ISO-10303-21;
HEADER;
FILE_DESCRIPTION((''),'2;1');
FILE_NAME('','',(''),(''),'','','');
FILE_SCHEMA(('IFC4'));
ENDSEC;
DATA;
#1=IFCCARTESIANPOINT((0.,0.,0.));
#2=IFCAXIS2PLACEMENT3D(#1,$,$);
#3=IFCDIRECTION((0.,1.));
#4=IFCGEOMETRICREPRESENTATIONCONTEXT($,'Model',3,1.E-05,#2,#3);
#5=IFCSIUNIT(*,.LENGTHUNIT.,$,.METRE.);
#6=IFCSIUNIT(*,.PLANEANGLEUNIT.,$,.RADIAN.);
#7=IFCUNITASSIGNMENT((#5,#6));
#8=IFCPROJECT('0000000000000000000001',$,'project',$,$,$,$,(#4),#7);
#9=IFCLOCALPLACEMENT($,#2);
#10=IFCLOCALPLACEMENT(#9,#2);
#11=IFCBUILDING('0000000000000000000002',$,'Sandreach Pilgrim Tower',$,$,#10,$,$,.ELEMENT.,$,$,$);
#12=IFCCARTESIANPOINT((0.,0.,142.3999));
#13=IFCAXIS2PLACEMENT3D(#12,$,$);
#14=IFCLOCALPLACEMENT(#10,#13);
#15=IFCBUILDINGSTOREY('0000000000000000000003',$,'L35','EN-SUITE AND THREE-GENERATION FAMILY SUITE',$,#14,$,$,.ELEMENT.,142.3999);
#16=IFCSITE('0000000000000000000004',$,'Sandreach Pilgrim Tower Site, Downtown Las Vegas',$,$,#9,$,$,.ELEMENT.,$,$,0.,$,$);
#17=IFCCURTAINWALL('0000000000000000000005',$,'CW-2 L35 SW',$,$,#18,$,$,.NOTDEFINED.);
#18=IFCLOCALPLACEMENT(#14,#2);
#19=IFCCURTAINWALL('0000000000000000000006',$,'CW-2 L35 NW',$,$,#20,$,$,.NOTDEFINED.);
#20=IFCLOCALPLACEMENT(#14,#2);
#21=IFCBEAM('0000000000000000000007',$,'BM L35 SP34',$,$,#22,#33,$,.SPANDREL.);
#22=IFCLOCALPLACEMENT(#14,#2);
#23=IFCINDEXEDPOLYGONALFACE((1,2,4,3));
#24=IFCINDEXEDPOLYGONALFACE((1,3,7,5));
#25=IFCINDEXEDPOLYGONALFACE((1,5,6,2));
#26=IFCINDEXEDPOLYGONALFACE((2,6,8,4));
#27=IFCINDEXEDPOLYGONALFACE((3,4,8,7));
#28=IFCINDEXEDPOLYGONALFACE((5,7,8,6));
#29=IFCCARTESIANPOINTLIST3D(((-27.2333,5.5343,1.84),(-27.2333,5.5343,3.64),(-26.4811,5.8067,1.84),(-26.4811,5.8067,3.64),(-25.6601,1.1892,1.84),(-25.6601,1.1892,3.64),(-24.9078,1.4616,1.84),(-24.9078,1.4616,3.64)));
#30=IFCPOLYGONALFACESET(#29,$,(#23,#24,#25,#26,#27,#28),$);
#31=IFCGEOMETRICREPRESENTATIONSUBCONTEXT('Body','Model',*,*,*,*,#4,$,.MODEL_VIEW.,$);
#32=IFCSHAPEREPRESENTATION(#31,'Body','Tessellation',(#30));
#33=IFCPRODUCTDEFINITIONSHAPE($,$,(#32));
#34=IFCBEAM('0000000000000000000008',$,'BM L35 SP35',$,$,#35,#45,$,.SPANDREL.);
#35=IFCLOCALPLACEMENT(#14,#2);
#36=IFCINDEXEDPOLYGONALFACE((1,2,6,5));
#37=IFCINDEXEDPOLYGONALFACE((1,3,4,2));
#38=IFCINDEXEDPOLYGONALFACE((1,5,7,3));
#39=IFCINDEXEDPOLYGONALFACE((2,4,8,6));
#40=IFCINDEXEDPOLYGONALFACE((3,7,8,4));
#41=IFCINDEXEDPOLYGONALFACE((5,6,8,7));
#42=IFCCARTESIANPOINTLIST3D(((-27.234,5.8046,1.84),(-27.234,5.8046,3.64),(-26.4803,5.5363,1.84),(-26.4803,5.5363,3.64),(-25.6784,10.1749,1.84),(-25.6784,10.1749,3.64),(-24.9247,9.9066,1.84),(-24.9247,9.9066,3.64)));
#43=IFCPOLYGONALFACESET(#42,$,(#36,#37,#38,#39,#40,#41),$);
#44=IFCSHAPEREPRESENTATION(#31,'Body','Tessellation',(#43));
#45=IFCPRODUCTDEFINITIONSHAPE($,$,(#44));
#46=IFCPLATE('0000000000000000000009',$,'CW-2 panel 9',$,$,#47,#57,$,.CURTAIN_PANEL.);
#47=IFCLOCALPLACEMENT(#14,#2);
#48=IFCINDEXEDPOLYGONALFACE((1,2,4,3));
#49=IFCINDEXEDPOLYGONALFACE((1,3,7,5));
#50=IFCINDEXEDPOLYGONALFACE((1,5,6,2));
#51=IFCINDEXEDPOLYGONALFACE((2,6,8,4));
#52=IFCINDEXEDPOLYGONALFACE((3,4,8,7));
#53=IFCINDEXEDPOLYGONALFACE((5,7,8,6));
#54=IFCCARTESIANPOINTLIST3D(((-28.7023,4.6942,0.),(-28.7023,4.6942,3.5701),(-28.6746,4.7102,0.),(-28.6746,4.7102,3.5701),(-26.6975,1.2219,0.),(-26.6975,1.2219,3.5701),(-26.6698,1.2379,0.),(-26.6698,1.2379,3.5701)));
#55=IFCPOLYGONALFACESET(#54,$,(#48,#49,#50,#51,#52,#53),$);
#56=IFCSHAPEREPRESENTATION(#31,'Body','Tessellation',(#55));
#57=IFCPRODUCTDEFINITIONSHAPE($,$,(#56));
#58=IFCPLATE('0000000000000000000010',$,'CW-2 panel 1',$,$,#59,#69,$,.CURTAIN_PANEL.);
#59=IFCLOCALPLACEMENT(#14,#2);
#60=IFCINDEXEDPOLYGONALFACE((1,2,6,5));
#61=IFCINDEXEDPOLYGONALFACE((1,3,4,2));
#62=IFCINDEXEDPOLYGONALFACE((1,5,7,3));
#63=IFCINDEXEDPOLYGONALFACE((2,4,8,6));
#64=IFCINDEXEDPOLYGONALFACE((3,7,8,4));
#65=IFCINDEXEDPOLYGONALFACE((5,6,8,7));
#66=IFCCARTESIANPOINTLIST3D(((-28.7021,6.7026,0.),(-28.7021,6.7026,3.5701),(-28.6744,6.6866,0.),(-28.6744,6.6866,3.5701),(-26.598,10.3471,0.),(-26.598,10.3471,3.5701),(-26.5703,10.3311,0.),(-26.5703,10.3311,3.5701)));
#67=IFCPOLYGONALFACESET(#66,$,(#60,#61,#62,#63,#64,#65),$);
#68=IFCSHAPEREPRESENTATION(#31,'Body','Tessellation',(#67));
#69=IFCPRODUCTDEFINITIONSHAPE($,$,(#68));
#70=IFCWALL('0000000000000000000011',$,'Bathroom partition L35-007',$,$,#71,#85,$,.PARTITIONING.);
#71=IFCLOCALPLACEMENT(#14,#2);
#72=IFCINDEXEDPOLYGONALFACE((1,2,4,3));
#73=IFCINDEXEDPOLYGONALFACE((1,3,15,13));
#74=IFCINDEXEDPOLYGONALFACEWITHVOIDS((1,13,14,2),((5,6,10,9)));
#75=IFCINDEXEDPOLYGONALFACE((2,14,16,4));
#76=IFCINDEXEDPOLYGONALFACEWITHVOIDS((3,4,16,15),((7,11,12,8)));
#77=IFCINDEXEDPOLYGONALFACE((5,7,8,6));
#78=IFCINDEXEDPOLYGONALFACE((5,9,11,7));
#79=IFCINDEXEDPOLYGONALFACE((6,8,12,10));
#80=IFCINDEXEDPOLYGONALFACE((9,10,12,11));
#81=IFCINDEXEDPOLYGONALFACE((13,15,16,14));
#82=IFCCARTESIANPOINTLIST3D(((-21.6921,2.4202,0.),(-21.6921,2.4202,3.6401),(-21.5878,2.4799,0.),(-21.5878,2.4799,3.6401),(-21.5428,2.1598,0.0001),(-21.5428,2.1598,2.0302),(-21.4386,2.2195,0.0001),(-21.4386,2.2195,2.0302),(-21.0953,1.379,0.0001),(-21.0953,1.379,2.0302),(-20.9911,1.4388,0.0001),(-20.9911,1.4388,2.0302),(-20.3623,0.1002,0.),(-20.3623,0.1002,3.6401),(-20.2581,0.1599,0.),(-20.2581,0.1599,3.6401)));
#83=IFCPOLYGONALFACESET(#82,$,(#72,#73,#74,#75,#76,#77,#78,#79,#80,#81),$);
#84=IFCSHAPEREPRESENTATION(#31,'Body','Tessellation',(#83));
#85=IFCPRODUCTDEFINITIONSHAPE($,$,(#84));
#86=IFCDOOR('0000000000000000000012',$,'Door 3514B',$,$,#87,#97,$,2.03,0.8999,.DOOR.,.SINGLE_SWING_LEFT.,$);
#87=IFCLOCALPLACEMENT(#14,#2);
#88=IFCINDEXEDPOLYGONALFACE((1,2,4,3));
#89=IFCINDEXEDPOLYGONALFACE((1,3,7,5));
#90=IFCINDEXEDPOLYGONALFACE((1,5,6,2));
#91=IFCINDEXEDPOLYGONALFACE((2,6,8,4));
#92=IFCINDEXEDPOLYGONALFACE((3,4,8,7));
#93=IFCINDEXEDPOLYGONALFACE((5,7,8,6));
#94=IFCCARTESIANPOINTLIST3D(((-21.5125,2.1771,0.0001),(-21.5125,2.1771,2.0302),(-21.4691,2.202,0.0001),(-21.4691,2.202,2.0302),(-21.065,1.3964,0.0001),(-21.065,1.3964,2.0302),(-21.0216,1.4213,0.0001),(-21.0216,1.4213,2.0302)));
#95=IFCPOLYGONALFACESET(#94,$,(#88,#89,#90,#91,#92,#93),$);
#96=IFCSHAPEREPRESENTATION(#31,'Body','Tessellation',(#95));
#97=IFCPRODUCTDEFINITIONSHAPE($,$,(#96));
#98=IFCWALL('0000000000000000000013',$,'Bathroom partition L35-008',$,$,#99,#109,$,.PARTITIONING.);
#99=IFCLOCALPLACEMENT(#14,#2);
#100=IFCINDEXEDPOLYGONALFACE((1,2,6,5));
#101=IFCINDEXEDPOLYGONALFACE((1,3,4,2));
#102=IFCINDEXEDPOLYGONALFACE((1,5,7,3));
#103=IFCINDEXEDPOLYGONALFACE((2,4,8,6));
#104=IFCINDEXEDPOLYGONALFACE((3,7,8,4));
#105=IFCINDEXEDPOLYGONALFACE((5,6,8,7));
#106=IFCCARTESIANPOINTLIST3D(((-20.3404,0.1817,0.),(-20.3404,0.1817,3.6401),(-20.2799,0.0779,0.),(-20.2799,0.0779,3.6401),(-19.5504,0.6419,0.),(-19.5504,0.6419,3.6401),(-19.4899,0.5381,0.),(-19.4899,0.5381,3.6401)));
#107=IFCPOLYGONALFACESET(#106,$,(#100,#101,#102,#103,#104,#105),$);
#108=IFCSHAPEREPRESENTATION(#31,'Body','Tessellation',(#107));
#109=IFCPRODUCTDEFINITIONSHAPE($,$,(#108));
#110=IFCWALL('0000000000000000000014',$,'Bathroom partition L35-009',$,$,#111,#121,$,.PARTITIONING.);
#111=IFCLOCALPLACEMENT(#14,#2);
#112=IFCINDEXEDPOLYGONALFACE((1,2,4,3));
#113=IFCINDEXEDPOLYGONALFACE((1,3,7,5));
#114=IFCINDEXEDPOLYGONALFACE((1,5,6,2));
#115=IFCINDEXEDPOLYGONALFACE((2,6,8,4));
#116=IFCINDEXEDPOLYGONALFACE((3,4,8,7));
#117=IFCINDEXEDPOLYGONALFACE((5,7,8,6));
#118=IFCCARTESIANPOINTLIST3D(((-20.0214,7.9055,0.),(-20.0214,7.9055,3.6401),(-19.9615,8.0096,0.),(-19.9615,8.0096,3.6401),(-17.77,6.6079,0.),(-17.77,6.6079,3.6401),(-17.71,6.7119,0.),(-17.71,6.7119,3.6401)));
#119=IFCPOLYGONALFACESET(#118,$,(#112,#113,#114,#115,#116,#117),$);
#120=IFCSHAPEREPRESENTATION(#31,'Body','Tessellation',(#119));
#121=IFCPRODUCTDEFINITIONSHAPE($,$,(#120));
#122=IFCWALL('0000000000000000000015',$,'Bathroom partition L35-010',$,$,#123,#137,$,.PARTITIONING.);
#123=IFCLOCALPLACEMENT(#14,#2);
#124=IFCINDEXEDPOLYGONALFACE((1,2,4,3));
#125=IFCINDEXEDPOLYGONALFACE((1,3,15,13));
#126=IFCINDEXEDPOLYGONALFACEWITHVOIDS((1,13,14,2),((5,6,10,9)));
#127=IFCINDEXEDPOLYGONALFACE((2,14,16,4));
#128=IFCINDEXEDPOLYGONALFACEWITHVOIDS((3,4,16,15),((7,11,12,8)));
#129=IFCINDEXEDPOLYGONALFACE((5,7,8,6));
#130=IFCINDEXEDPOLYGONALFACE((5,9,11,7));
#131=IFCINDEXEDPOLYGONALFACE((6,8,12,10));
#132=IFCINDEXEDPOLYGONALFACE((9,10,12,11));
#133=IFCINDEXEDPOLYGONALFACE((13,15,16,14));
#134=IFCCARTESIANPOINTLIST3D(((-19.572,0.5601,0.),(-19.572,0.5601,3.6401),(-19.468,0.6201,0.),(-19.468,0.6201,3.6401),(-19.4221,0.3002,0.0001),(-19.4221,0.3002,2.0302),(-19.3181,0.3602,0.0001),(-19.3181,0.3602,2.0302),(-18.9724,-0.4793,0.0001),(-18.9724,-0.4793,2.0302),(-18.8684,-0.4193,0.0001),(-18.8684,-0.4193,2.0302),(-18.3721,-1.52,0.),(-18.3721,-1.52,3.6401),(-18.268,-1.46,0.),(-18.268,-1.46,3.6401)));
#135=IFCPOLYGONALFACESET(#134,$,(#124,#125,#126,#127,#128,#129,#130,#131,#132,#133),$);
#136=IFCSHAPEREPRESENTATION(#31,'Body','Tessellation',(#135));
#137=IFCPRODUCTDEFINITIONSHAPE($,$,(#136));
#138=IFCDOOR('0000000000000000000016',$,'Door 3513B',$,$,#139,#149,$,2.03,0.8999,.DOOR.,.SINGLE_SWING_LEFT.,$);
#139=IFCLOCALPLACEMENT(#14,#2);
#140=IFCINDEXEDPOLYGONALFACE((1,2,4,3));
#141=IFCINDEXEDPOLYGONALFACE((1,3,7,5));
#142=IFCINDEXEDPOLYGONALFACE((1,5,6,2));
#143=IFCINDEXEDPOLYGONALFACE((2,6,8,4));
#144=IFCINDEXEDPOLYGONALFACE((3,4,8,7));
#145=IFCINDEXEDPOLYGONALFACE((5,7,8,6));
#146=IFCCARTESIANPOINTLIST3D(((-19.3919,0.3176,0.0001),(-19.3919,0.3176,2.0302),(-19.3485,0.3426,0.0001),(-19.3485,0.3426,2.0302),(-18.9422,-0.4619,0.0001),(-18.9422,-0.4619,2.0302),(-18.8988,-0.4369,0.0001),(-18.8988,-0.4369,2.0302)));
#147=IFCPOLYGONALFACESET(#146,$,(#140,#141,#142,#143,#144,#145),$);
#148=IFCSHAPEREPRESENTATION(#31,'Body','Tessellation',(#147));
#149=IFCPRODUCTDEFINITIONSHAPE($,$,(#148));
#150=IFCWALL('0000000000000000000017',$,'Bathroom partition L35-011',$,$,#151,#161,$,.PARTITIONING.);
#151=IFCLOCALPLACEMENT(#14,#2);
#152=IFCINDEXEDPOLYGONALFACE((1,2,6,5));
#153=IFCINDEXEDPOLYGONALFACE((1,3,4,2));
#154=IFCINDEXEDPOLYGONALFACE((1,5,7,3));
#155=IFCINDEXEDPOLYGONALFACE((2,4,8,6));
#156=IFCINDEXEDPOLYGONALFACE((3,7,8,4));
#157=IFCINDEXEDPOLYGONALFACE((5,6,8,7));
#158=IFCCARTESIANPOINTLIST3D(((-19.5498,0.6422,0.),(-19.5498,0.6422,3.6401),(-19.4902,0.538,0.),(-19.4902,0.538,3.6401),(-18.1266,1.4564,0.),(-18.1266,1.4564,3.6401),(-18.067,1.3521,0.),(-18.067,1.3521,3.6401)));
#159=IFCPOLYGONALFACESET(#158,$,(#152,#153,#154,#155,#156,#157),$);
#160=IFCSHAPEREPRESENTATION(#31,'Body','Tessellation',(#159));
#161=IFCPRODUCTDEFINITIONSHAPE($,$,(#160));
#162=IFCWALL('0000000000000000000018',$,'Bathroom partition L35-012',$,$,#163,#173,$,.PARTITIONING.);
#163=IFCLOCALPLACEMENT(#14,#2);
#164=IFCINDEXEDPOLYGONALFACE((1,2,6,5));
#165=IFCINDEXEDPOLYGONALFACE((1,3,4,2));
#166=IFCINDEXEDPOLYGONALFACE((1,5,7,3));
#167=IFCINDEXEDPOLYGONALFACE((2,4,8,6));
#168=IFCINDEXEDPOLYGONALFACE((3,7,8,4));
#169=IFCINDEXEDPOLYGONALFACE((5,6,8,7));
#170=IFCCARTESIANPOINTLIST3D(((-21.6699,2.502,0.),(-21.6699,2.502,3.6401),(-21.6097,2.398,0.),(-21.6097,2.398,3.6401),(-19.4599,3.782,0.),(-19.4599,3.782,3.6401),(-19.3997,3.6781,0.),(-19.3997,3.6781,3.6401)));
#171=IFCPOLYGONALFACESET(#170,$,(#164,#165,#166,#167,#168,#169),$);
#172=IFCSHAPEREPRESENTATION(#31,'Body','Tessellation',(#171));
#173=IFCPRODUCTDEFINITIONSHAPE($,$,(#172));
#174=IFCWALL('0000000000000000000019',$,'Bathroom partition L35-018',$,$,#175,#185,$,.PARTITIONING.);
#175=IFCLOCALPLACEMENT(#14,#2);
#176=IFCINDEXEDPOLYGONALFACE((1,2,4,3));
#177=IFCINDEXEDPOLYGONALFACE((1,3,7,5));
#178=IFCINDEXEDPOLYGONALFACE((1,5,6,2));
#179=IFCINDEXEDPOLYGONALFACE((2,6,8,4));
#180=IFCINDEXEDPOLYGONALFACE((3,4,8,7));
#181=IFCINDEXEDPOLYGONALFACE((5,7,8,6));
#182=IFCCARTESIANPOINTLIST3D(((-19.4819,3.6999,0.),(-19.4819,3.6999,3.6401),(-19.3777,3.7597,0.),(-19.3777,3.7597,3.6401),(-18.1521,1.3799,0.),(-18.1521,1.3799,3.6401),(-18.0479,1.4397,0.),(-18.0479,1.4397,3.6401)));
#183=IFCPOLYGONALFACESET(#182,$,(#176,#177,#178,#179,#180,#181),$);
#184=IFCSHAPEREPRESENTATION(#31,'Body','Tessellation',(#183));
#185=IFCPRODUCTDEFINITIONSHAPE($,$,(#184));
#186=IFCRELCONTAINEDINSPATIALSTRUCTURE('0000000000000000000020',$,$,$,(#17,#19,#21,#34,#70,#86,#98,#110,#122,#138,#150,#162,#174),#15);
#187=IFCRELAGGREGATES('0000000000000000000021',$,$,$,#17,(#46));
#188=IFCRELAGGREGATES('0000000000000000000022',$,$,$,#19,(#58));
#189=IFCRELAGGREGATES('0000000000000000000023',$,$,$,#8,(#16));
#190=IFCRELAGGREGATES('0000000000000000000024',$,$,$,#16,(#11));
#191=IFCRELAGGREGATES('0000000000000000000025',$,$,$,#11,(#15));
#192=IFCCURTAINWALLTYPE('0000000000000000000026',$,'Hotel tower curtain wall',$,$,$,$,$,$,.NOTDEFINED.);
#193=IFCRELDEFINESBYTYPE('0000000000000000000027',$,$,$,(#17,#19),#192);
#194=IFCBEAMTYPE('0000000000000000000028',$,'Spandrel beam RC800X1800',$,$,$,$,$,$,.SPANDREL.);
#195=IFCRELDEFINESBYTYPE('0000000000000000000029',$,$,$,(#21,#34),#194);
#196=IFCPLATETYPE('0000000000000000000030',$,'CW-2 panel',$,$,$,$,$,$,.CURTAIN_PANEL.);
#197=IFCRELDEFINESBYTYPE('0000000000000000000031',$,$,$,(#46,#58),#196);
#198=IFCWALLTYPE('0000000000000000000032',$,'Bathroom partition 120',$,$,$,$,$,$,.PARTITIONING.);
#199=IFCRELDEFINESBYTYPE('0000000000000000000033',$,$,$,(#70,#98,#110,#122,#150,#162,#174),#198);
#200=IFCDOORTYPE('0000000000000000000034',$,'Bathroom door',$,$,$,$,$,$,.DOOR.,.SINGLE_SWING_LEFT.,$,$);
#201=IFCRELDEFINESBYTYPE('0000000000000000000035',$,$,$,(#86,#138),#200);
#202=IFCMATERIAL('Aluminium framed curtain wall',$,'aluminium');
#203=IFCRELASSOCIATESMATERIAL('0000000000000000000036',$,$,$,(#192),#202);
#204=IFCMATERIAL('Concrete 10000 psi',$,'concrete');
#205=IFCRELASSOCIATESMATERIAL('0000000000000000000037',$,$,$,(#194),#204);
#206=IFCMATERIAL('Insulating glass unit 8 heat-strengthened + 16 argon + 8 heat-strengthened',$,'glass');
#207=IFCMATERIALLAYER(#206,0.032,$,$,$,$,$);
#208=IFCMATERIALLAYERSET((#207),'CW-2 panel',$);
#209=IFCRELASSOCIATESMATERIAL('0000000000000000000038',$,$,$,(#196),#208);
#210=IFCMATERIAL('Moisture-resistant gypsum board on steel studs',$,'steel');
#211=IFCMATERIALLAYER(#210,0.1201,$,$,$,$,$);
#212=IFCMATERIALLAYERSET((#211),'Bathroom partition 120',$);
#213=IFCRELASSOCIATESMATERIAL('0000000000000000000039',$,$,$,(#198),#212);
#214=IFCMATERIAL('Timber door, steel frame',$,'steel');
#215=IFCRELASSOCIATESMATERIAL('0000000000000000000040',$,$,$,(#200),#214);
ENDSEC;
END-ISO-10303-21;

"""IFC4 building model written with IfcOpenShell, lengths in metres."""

from ifc_helpers import new_model, si_unit, direction, frame, frame_2d, origin, origin_2d, place, context, subcontext, project, spatial, rectangle, extrude, material, layer, layer_set, material_profile, profile_set, type_object, element, fill, aggregate, save


model = new_model("IFC4")

# Units and contexts
model_context = context("Model", 3, precision=1e-05, world=origin(), true_north=direction((0.0, 1.0)))
body_context = subcontext(model_context, "Body", "Model", "MODEL_VIEW")
ifc_project = project(units=[si_unit("LENGTHUNIT", "METRE"), si_unit("PLANEANGLEUNIT", "RADIAN")], contexts=[model_context])

# Site, building, storey
site_placement = place(None, origin())
site = spatial("IfcSite", under=ifc_project, at=site_placement, Name="Sandreach Pilgrim Tower Site, Downtown Las Vegas", CompositionType="ELEMENT", RefElevation=0.0)
building_placement = place(site_placement, origin())
building = spatial("IfcBuilding", under=site, at=building_placement, Name="Sandreach Pilgrim Tower", CompositionType="ELEMENT")
storey_placement = place(building_placement, frame((0.0, 0.0, 142.3999)))
storey = spatial("IfcBuildingStorey", under=building, at=storey_placement, Name="L35", Description="EN-SUITE AND THREE-GENERATION FAMILY SUITE", CompositionType="ELEMENT", Elevation=142.3999)

# Curtain wall
ifc_material_1 = material(Name="Aluminium framed curtain wall", Category="aluminium")
curtain_wall_type = type_object("IfcCurtainWallType", Name="Hotel tower curtain wall", PredefinedType="NOTDEFINED", material=ifc_material_1)
curtain_wall_1_placement = place(storey_placement, origin())
curtain_wall_1 = element("IfcCurtainWall", 1, at=curtain_wall_1_placement, inside=storey, type_object=curtain_wall_type, Name="CW-2 L35 SW", PredefinedType="NOTDEFINED")

# Curtain wall
curtain_wall_2_placement = place(storey_placement, origin())
curtain_wall_2 = element("IfcCurtainWall", 2, at=curtain_wall_2_placement, inside=storey, type_object=curtain_wall_type, Name="CW-2 L35 NW", PredefinedType="NOTDEFINED")

# Beams
ifc_material_2 = material(Name="Concrete 10000 psi", Category="concrete")
ifc_material_profile_1 = material_profile(ifc_material_2, rectangle(XDim=0.8, YDim=1.8, at=origin_2d()), Name="RC800X1800")
ifc_profile_set_1 = profile_set([ifc_material_profile_1], Name="Concrete 10000 psi")
beam_type_1 = type_object("IfcBeamType", Name="Spandrel beam RC800X1800", PredefinedType="SPANDREL", material=ifc_profile_set_1)
beam_1_placement = place(storey_placement, frame((-25.2839, 1.3254, 2.74), z_axis=(-0.340453, 0.940261, 0.0), x_axis=(-0.940261, -0.340453, 0.0)))
element("IfcBeam", 3, at=beam_1_placement, inside=storey, type_object=beam_type_1, Name="BM L35 SP34", PredefinedType="SPANDREL", context=body_context, shape_type="SweptSolid", body=[
    extrude(rectangle(XDim=0.8, YDim=1.8, at=origin_2d()), origin(), (0.0, 0.0, 1.0), 4.6211),
])
beam_2_placement = place(storey_placement, frame((-26.8572, 5.6704, 2.74), z_axis=(0.335346, 0.942095, 0.0), x_axis=(-0.942095, 0.335346, 0.0)))
element("IfcBeam", 4, at=beam_2_placement, inside=storey, type_object=beam_type_1, Name="BM L35 SP35", PredefinedType="SPANDREL", context=body_context, shape_type="SweptSolid", body=[
    extrude(rectangle(XDim=0.8, YDim=1.8, at=origin_2d()), origin(), (0.0, 0.0, 1.0), 4.6389),
])

# Plates
ifc_material_3 = material(Name="Insulating glass unit 8 heat-strengthened + 16 argon + 8 heat-strengthened", Category="glass")
ifc_layer_1 = layer(ifc_material_3, 0.032)
ifc_layer_set_1 = layer_set([ifc_layer_1], Name="CW-2 panel")
plate_type = type_object("IfcPlateType", Name="CW-2 panel", PredefinedType="CURTAIN_PANEL", material=ifc_layer_set_1)
plate_1_placement = place(storey_placement, frame((-27.686, 2.9661, 0.0), z_axis=(0.0, 0.0, 1.0), x_axis=(-0.5, 0.866025, 0.0)))
plate_1 = element("IfcPlate", 5, at=plate_1_placement, type_object=plate_type, Name="CW-2 panel 9", PredefinedType="CURTAIN_PANEL", context=body_context, shape_type="SweptSolid", body=[
    extrude(rectangle(XDim=4.0095, YDim=0.032, at=origin_2d()), origin(), (0.0, 0.0, 1.0), 3.5701),
])
aggregate(curtain_wall_1, [plate_1])
plate_2_placement = place(storey_placement, frame((-27.6362, 8.5168, 0.0), z_axis=(0.0, 0.0, 1.0), x_axis=(0.5, 0.866025, 0.0)))
plate_2 = element("IfcPlate", 6, at=plate_2_placement, type_object=plate_type, Name="CW-2 panel 1", PredefinedType="CURTAIN_PANEL", context=body_context, shape_type="SweptSolid", body=[
    extrude(rectangle(XDim=4.2083, YDim=0.032, at=origin_2d()), origin(), (0.0, 0.0, 1.0), 3.5701),
])
aggregate(curtain_wall_2, [plate_2])

# Wall, opening, door
ifc_material_4 = material(Name="Moisture-resistant gypsum board on steel studs", Category="steel")
ifc_layer_2 = layer(ifc_material_4, 0.1201)
ifc_layer_set_2 = layer_set([ifc_layer_2], Name="Bathroom partition 120")
wall_type_1 = type_object("IfcWallType", Name="Bathroom partition 120", PredefinedType="PARTITIONING", material=ifc_layer_set_2)
wall_1_placement = place(storey_placement, frame((-21.6399, 2.45, 0.0), z_axis=(0.0, 0.0, 1.0), x_axis=(0.497289, -0.867585, 0.0)))
wall_1 = element("IfcWall", 7, at=wall_1_placement, inside=storey, type_object=wall_type_1, Name="Bathroom partition L35-007", PredefinedType="PARTITIONING", context=body_context, shape_type="SweptSolid", body=[
    extrude(rectangle(XDim=2.6741, YDim=0.1201, at=frame_2d((1.3369, 0.0))), origin(), (0.0, 0.0, 1.0), 3.6401),
])
opening_1_placement = place(wall_1_placement, frame((0.3, 0.0, 0.0)))
opening_1 = element("IfcOpeningElement", 8, at=opening_1_placement, cuts=wall_1, PredefinedType="OPENING", context=body_context, shape_type="SweptSolid", body=[
    extrude(rectangle(XDim=0.8999, YDim=2.03, at=frame_2d((0.45, 1.0151))), frame((0.0, 0.0601, 0.0), z_axis=(0.0, -1.0, 0.0), x_axis=(1.0, 0.0, 0.0)), (0.0, 0.0, 1.0), 0.1201),
])
ifc_material_5 = material(Name="Timber door, steel frame", Category="steel")
door_type_1 = type_object("IfcDoorType", Name="Bathroom door", OperationType="SINGLE_SWING_LEFT", PredefinedType="DOOR", material=ifc_material_5)
door_1_placement = place(opening_1_placement, origin())
door_1 = element("IfcDoor", 9, at=door_1_placement, inside=storey, type_object=door_type_1, Name="Door 3514B", OperationType="SINGLE_SWING_LEFT", OverallHeight=2.03, OverallWidth=0.8999, PredefinedType="DOOR", context=body_context, shape_type="SweptSolid", body=[
    extrude(rectangle(XDim=0.8999, YDim=2.03, at=frame_2d((0.45, 1.0151))), frame((0.0, 0.0249, 0.0), z_axis=(0.0, -1.0, 0.0), x_axis=(1.0, 0.0, 0.0)), (0.0, 0.0, 1.0), 0.05),
])
fill(opening_1, door_1)

# Walls
wall_2_placement = place(storey_placement, frame((-20.3101, 0.1299, 0.0), z_axis=(0.0, 0.0, 1.0), x_axis=(0.864089, 0.50334, 0.0)))
element("IfcWall", 10, at=wall_2_placement, inside=storey, type_object=wall_type_1, Name="Bathroom partition L35-008", PredefinedType="PARTITIONING", context=body_context, shape_type="SweptSolid", body=[
    extrude(rectangle(XDim=0.9143, YDim=0.1201, at=frame_2d((0.457, 0.0))), origin(), (0.0, 0.0, 1.0), 3.6401),
])
wall_3_placement = place(storey_placement, frame((-19.9915, 7.9575, 0.0), z_axis=(0.0, 0.0, 1.0), x_axis=(0.866404, -0.499343, 0.0)))
element("IfcWall", 11, at=wall_3_placement, inside=storey, type_object=wall_type_1, Name="Bathroom partition L35-009", PredefinedType="PARTITIONING", context=body_context, shape_type="SweptSolid", body=[
    extrude(rectangle(XDim=2.5986, YDim=0.1201, at=frame_2d((1.2993, 0.0))), origin(), (0.0, 0.0, 1.0), 3.6401),
])

# Wall, opening, door
wall_4_placement = place(storey_placement, frame((-19.52, 0.5901, 0.0), z_axis=(0.0, 0.0, 1.0), x_axis=(0.499693, -0.866203, 0.0)))
wall_4 = element("IfcWall", 12, at=wall_4_placement, inside=storey, type_object=wall_type_1, Name="Bathroom partition L35-010", PredefinedType="PARTITIONING", context=body_context, shape_type="SweptSolid", body=[
    extrude(rectangle(XDim=2.4014, YDim=0.1201, at=frame_2d((1.2007, 0.0))), origin(), (0.0, 0.0, 1.0), 3.6401),
])
opening_2_placement = place(wall_4_placement, frame((0.3, 0.0, 0.0)))
opening_2 = element("IfcOpeningElement", 13, at=opening_2_placement, cuts=wall_4, PredefinedType="OPENING", context=body_context, shape_type="SweptSolid", body=[
    extrude(rectangle(XDim=0.8999, YDim=2.03, at=frame_2d((0.45, 1.0151))), frame((0.0, 0.0601, 0.0), z_axis=(0.0, -1.0, 0.0), x_axis=(1.0, 0.0, 0.0)), (0.0, 0.0, 1.0), 0.1201),
])
door_2_placement = place(opening_2_placement, origin())
door_2 = element("IfcDoor", 14, at=door_2_placement, inside=storey, type_object=door_type_1, Name="Door 3513B", OperationType="SINGLE_SWING_LEFT", OverallHeight=2.03, OverallWidth=0.8999, PredefinedType="DOOR", context=body_context, shape_type="SweptSolid", body=[
    extrude(rectangle(XDim=0.8999, YDim=2.03, at=frame_2d((0.45, 1.0151))), frame((0.0, 0.0249, 0.0), z_axis=(0.0, -1.0, 0.0), x_axis=(1.0, 0.0, 0.0)), (0.0, 0.0, 1.0), 0.05),
])
fill(opening_2, door_2)

# Walls
wall_5_placement = place(storey_placement, frame((-19.52, 0.5901, 0.0), z_axis=(0.0, 0.0, 1.0), x_axis=(0.868014, 0.49654, 0.0)))
element("IfcWall", 15, at=wall_5_placement, inside=storey, type_object=wall_type_1, Name="Bathroom partition L35-011", PredefinedType="PARTITIONING", context=body_context, shape_type="SweptSolid", body=[
    extrude(rectangle(XDim=1.6396, YDim=0.1201, at=frame_2d((0.8198, 0.0))), origin(), (0.0, 0.0, 1.0), 3.6401),
])
wall_6_placement = place(storey_placement, frame((-19.4299, 3.73, 0.0), z_axis=(0.0, 0.0, 1.0), x_axis=(-0.865328, -0.501206, 0.0)))
element("IfcWall", 16, at=wall_6_placement, inside=storey, type_object=wall_type_1, Name="Bathroom partition L35-012", PredefinedType="PARTITIONING", context=body_context, shape_type="SweptSolid", body=[
    extrude(rectangle(XDim=2.554, YDim=0.1201, at=frame_2d((1.2769, 0.0))), origin(), (0.0, 0.0, 1.0), 3.6401),
])
wall_7_placement = place(storey_placement, frame((-18.1001, 1.4099, 0.0), z_axis=(0.0, 0.0, 1.0), x_axis=(-0.497289, 0.867585, 0.0)))
element("IfcWall", 17, at=wall_7_placement, inside=storey, type_object=wall_type_1, Name="Bathroom partition L35-018", PredefinedType="PARTITIONING", context=body_context, shape_type="SweptSolid", body=[
    extrude(rectangle(XDim=2.6741, YDim=0.1201, at=frame_2d((1.3369, 0.0))), origin(), (0.0, 0.0, 1.0), 3.6401),
])

save(model, "model.ifc")
